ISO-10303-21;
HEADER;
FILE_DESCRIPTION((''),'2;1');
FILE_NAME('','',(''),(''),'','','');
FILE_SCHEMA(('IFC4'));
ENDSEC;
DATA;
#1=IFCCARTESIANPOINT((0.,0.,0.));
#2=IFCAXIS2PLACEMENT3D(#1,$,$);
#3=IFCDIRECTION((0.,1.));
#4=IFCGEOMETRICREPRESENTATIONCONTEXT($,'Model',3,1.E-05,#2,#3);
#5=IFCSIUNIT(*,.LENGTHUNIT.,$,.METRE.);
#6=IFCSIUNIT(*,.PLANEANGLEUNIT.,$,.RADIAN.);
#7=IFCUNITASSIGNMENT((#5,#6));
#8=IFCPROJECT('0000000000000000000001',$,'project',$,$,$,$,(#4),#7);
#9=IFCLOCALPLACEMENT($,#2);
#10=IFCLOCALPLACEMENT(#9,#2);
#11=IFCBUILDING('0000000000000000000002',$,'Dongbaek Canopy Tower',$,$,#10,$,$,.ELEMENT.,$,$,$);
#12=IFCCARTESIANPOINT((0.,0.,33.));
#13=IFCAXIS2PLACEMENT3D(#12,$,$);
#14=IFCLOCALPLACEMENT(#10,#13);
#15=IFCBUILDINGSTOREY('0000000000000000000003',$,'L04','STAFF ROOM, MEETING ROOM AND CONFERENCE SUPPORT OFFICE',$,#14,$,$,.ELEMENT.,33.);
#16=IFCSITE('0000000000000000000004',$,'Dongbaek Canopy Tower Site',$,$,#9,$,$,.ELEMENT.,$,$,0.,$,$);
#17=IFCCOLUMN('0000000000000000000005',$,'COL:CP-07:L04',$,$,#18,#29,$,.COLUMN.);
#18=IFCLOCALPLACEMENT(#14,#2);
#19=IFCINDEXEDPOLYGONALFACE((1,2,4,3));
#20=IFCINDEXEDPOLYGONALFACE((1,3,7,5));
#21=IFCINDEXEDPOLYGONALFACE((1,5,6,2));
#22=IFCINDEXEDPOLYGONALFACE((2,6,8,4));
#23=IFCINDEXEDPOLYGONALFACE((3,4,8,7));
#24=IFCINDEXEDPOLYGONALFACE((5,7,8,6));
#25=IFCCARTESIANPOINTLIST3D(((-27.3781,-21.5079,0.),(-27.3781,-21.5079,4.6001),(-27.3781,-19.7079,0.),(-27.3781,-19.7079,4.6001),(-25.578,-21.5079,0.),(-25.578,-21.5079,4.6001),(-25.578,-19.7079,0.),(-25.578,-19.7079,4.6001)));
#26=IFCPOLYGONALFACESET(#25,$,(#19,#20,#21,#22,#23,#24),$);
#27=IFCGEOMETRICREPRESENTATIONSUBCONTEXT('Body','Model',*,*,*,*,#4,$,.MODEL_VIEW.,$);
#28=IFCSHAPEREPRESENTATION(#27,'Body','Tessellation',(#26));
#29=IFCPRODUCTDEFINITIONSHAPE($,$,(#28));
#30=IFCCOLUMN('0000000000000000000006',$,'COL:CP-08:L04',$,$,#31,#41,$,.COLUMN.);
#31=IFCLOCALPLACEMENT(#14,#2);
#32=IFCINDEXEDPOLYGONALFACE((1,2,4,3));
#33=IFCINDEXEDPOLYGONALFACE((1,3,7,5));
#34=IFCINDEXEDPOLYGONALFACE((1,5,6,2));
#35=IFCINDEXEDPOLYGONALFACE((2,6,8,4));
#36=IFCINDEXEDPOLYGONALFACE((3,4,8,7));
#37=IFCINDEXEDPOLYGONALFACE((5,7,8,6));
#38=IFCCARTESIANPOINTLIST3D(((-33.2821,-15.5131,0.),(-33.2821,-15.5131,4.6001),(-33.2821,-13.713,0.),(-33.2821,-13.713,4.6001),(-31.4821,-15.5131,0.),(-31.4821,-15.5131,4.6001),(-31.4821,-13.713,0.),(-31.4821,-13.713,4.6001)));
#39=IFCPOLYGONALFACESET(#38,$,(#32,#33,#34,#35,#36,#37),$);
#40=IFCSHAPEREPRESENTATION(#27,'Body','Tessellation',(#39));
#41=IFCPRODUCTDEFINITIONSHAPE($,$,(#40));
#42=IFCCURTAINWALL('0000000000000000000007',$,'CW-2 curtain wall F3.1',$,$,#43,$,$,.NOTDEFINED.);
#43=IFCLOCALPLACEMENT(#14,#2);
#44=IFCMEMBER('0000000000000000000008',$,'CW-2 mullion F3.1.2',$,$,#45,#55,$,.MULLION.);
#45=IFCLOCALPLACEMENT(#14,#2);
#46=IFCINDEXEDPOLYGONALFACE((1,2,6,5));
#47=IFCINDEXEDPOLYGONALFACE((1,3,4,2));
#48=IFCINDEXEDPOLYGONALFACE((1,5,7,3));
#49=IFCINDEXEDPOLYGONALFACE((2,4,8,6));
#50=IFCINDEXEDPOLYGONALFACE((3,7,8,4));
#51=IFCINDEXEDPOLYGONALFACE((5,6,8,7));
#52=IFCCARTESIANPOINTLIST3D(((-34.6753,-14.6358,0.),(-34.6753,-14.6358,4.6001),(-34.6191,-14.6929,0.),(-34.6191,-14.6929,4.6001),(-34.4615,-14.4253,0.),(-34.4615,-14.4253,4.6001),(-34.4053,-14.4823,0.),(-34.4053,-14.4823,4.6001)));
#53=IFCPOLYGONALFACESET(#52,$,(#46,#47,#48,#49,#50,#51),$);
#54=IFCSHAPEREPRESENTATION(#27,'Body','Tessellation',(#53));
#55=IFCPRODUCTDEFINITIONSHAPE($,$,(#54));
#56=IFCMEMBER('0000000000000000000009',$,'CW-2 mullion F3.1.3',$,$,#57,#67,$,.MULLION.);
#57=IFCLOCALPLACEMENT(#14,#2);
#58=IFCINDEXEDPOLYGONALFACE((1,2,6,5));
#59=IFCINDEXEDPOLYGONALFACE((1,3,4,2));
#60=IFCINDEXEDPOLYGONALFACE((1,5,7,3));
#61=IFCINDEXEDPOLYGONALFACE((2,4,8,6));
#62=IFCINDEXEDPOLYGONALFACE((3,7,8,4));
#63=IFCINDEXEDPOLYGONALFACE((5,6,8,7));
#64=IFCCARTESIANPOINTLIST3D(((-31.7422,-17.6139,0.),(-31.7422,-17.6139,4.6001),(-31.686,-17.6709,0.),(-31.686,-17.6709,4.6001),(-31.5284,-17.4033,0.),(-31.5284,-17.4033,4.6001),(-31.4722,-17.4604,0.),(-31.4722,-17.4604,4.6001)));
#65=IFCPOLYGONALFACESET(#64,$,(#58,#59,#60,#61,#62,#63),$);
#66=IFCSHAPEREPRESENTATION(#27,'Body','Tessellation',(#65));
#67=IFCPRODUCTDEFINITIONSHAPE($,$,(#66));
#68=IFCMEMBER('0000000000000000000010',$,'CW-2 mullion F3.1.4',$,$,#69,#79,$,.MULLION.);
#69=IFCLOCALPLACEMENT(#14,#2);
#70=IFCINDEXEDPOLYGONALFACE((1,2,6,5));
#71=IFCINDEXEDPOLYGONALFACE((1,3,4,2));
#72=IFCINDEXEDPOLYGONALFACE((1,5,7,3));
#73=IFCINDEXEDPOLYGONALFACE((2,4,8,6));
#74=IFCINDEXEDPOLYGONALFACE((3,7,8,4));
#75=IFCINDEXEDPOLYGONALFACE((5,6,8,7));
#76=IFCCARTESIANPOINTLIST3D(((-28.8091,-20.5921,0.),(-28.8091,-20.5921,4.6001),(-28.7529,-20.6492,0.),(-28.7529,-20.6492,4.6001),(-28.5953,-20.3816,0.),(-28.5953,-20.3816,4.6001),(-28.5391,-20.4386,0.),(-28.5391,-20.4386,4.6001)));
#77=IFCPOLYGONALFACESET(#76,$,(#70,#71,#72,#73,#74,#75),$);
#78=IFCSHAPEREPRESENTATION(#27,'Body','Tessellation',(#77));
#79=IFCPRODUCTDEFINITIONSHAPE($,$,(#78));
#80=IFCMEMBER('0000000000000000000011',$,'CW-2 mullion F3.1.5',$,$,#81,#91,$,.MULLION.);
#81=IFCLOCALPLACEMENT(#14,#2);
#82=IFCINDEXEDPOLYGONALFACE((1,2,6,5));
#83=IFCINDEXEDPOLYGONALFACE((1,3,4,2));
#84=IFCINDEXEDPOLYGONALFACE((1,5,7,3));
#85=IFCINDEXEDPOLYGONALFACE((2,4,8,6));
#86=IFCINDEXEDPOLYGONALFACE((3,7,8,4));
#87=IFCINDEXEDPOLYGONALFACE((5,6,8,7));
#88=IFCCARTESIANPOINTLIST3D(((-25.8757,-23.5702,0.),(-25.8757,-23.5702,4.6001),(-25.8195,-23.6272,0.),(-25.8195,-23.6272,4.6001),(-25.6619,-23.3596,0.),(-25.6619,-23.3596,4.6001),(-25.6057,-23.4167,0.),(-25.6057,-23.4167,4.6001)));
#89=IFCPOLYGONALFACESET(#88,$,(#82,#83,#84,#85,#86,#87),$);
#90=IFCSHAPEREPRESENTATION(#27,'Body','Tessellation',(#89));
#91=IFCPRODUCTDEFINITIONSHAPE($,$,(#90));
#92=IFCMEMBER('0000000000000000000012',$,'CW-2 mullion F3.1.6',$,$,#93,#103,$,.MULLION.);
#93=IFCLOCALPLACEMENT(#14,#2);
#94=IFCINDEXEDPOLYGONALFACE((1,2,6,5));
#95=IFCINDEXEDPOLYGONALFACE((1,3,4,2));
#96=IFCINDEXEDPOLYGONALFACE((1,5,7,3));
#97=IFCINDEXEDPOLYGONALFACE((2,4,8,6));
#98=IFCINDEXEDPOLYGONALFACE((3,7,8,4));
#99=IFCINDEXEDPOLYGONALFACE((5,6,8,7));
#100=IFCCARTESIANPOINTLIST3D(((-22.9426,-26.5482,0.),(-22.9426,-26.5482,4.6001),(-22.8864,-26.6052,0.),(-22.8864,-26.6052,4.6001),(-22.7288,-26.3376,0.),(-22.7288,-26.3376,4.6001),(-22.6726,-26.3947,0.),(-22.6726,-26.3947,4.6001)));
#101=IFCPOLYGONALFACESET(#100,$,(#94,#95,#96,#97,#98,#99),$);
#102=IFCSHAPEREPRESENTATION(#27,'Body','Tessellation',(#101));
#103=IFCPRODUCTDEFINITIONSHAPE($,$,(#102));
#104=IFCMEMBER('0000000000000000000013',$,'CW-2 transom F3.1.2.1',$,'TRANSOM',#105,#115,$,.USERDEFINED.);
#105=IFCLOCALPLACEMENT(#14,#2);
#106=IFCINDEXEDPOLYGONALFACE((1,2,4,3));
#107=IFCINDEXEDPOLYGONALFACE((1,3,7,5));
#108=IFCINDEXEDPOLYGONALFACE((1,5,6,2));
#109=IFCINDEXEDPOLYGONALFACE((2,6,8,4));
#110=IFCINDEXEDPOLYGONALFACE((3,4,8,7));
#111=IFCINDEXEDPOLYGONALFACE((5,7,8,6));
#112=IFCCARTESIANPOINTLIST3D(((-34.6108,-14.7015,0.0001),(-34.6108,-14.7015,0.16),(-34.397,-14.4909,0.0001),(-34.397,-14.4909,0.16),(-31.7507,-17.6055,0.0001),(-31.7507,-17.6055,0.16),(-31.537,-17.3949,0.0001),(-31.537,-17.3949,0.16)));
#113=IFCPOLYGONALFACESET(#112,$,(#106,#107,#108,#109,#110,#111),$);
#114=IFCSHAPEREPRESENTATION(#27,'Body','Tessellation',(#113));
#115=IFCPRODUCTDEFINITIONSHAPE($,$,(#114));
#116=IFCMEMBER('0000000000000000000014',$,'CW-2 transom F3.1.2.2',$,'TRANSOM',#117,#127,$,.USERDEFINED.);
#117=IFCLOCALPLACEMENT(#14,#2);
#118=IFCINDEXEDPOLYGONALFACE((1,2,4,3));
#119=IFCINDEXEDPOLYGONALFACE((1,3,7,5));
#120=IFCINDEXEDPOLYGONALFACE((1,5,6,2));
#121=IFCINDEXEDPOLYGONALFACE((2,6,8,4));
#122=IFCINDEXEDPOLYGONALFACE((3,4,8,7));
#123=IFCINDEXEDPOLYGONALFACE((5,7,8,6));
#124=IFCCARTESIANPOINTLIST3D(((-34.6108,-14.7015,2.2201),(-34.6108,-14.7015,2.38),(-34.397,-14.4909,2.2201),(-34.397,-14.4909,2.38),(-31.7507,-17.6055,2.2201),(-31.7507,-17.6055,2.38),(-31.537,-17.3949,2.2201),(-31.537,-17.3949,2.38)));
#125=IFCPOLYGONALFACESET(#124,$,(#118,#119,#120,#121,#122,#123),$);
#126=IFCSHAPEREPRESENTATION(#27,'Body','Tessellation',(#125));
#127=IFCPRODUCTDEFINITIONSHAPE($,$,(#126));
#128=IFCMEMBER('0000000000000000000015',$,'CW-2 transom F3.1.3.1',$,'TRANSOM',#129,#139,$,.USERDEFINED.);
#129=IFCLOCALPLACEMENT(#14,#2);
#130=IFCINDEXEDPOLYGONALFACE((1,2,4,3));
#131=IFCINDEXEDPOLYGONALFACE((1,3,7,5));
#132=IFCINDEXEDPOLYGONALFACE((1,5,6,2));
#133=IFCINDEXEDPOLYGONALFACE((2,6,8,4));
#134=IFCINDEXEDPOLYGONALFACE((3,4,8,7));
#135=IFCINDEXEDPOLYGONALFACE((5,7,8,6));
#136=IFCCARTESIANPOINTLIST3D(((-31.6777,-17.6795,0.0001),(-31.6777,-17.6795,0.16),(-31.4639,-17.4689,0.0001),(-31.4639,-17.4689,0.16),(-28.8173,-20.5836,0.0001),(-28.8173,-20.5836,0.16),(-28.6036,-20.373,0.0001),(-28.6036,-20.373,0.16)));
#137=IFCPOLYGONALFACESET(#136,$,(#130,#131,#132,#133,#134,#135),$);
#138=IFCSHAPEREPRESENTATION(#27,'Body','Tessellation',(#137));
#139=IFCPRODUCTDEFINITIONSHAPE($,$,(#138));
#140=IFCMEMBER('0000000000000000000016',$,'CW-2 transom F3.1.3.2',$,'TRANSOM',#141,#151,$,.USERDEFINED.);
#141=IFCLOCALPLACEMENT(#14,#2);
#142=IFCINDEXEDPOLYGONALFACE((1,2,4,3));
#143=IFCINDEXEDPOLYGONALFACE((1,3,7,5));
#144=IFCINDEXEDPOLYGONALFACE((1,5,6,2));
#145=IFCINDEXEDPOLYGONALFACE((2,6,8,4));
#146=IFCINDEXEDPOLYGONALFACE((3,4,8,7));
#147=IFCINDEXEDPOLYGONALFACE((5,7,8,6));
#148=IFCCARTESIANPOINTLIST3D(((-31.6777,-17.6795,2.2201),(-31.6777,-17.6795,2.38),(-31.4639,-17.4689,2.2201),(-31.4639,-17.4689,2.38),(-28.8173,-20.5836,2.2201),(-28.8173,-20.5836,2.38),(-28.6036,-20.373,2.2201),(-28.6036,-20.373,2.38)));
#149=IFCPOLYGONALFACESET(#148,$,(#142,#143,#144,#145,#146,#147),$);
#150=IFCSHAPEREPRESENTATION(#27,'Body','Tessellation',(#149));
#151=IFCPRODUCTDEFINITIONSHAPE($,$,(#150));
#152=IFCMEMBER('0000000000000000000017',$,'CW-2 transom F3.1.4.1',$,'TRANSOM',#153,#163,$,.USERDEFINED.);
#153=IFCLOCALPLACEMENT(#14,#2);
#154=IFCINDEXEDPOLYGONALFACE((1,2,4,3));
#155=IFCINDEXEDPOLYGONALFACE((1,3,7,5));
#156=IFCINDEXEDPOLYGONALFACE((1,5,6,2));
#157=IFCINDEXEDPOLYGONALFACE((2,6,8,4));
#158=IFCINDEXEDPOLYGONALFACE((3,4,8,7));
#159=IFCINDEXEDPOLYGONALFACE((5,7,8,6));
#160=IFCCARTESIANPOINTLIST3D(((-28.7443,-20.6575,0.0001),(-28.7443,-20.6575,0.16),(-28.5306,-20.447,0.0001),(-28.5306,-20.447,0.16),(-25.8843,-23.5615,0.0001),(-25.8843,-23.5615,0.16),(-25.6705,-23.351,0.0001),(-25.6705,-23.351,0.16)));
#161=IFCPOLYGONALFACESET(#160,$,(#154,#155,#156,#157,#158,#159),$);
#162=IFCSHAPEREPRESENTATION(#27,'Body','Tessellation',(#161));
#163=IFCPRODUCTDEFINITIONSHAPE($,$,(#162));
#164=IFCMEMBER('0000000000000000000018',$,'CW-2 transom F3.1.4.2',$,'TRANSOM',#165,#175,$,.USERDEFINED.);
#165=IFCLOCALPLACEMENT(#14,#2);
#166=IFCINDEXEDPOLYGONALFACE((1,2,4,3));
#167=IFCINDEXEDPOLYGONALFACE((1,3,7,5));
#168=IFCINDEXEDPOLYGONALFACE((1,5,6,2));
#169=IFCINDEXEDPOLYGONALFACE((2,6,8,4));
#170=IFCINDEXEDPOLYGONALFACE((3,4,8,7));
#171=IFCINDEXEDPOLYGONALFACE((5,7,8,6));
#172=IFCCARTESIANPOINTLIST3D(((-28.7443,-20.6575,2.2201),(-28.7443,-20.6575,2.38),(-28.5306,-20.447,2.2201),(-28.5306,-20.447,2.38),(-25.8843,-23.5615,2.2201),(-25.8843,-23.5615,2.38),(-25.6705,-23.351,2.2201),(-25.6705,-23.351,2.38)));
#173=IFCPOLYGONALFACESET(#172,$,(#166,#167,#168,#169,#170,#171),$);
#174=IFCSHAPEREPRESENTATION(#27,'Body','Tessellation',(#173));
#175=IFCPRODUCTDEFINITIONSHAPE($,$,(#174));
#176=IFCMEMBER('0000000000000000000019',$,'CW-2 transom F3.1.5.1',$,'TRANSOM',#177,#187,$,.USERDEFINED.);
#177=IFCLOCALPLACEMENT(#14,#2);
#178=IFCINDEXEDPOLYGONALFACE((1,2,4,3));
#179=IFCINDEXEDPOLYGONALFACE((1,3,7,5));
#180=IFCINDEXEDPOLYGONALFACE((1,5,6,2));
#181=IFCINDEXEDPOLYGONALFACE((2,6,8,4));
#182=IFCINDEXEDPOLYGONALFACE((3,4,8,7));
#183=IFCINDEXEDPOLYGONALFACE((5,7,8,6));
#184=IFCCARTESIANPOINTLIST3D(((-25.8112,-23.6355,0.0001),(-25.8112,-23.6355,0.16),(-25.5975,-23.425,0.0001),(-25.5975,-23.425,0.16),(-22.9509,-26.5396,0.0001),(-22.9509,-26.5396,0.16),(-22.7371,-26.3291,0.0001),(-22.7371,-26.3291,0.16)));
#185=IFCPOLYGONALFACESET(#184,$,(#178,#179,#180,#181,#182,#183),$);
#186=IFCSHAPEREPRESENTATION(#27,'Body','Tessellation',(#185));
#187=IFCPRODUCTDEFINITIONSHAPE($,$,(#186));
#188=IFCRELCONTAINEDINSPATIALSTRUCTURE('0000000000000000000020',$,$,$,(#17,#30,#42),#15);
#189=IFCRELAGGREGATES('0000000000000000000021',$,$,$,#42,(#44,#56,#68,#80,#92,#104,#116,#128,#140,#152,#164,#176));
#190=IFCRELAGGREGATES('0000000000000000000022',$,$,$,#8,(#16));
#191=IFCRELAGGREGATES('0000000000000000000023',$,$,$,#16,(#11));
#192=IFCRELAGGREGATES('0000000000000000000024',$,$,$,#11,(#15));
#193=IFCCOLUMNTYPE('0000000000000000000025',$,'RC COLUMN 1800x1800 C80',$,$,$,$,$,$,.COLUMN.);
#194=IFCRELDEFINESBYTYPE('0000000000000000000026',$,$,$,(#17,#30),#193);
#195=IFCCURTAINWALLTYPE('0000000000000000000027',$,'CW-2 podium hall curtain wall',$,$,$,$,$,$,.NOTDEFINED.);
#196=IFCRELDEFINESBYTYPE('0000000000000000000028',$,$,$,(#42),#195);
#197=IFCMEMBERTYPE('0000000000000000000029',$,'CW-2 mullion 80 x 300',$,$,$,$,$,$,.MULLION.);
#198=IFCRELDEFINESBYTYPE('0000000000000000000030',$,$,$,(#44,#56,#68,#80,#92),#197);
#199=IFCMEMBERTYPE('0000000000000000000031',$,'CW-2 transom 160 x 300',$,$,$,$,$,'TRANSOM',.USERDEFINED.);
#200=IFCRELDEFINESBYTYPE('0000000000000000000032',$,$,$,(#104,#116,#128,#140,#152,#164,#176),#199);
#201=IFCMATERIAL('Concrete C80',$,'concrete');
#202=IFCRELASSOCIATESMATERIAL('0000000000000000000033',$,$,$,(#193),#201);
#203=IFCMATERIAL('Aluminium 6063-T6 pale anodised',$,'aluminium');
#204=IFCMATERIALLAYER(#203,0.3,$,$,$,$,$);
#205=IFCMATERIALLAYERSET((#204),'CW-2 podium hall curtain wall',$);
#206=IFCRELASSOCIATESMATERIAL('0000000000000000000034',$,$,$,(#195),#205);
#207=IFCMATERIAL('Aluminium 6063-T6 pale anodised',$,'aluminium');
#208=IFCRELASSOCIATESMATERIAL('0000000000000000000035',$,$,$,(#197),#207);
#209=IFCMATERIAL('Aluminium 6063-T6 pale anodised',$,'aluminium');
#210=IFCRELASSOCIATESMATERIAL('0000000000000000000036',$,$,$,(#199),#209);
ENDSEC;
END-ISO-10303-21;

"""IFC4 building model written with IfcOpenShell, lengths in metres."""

from ifc_helpers import new_model, si_unit, direction, frame, origin, origin_2d, place, context, subcontext, project, spatial, rectangle, extrude, material, layer, layer_set, material_profile, profile_set, type_object, element, aggregate, save


model = new_model("IFC4")

# Units and contexts
model_context = context("Model", 3, precision=1e-05, world=origin(), true_north=direction((0.0, 1.0)))
body_context = subcontext(model_context, "Body", "Model", "MODEL_VIEW")
ifc_project = project(units=[si_unit("LENGTHUNIT", "METRE"), si_unit("PLANEANGLEUNIT", "RADIAN")], contexts=[model_context])

# Site, building, storey
site_placement = place(None, origin())
site = spatial("IfcSite", under=ifc_project, at=site_placement, Name="Dongbaek Canopy Tower Site", CompositionType="ELEMENT", RefElevation=0.0)
building_placement = place(site_placement, origin())
building = spatial("IfcBuilding", under=site, at=building_placement, Name="Dongbaek Canopy Tower", CompositionType="ELEMENT")
storey_placement = place(building_placement, frame((0.0, 0.0, 33.0)))
storey = spatial("IfcBuildingStorey", under=building, at=storey_placement, Name="L04", Description="STAFF ROOM, MEETING ROOM AND CONFERENCE SUPPORT OFFICE", CompositionType="ELEMENT", Elevation=33.0)

# Columns
ifc_material_1 = material(Name="Concrete C80", Category="concrete")
ifc_material_profile_1 = material_profile(ifc_material_1, rectangle(XDim=1.8, YDim=1.8, at=origin_2d()), Name="RC COLUMN 1800x1800 C80")
ifc_profile_set_1 = profile_set([ifc_material_profile_1], Name="Concrete C80")
column_type = type_object("IfcColumnType", Name="RC COLUMN 1800x1800 C80", PredefinedType="COLUMN", material=ifc_profile_set_1)
for number, where, z_axis, x_axis, name in (
    (1, (-26.478, -20.6079, 0.0), (0.0, 0.0, 1.0), (1.0, 0.0, 0.0), "COL:CP-07:L04"),
    (2, (-32.3821, -14.613, 0.0), (0.0, 0.0, 1.0), (1.0, 0.0, 0.0), "COL:CP-08:L04"),
):
    element("IfcColumn", number, at=place(storey_placement, frame(where, z_axis=z_axis, x_axis=x_axis)), inside=storey, type_object=column_type, Name=name, PredefinedType="COLUMN", context=body_context, shape_type="SweptSolid", body=[
        extrude(rectangle(XDim=1.8, YDim=1.8, at=origin_2d()), origin(), (0.0, 0.0, 1.0), 4.6001),
    ])

# Curtain wall, members
ifc_material_2 = material(Name="Aluminium 6063-T6 pale anodised", Category="aluminium")
ifc_layer_1 = layer(ifc_material_2, 0.3)
ifc_layer_set_1 = layer_set([ifc_layer_1], Name="CW-2 podium hall curtain wall")
curtain_wall_type = type_object("IfcCurtainWallType", Name="CW-2 podium hall curtain wall", PredefinedType="NOTDEFINED", material=ifc_layer_set_1)
curtain_wall_placement = place(storey_placement, origin())
curtain_wall = element("IfcCurtainWall", 3, at=curtain_wall_placement, inside=storey, type_object=curtain_wall_type, Name="CW-2 curtain wall F3.1", PredefinedType="NOTDEFINED")
ifc_material_3 = material(Name="Aluminium 6063-T6 pale anodised", Category="aluminium")
ifc_material_profile_2 = material_profile(ifc_material_3, rectangle(XDim=0.3, YDim=0.0801, at=origin_2d()), Name="CW-2 mullion 80 x 300")
ifc_profile_set_2 = profile_set([ifc_material_profile_2], Name="Aluminium 6063-T6 pale anodised")
member_type_1 = type_object("IfcMemberType", Name="CW-2 mullion 80 x 300", PredefinedType="MULLION", material=ifc_profile_set_2)
member_1_placement = place(storey_placement, frame((-34.5403, -14.5591, 0.0), z_axis=(0.0, 0.0, 1.0), x_axis=(-0.712455, -0.701718, 0.0)))
member_1 = element("IfcMember", 4, at=member_1_placement, type_object=member_type_1, Name="CW-2 mullion F3.1.2", PredefinedType="MULLION", context=body_context, shape_type="SweptSolid", body=[
    extrude(rectangle(XDim=0.3, YDim=0.0801, at=origin_2d()), origin(), (0.0, 0.0, 1.0), 4.6001),
])
member_2_placement = place(storey_placement, frame((-31.6072, -17.5371, 0.0), z_axis=(0.0, 0.0, 1.0), x_axis=(-0.712455, -0.701718, 0.0)))
member_2 = element("IfcMember", 5, at=member_2_placement, type_object=member_type_1, Name="CW-2 mullion F3.1.3", PredefinedType="MULLION", context=body_context, shape_type="SweptSolid", body=[
    extrude(rectangle(XDim=0.3, YDim=0.0801, at=origin_2d()), origin(), (0.0, 0.0, 1.0), 4.6001),
])
member_3_placement = place(storey_placement, frame((-28.6741, -20.5154, 0.0), z_axis=(0.0, 0.0, 1.0), x_axis=(-0.712455, -0.701718, 0.0)))
member_3 = element("IfcMember", 6, at=member_3_placement, type_object=member_type_1, Name="CW-2 mullion F3.1.4", PredefinedType="MULLION", context=body_context, shape_type="SweptSolid", body=[
    extrude(rectangle(XDim=0.3, YDim=0.0801, at=origin_2d()), origin(), (0.0, 0.0, 1.0), 4.6001),
])
member_4_placement = place(storey_placement, frame((-25.7407, -23.4934, 0.0), z_axis=(0.0, 0.0, 1.0), x_axis=(-0.712455, -0.701718, 0.0)))
member_4 = element("IfcMember", 7, at=member_4_placement, type_object=member_type_1, Name="CW-2 mullion F3.1.5", PredefinedType="MULLION", context=body_context, shape_type="SweptSolid", body=[
    extrude(rectangle(XDim=0.3, YDim=0.0801, at=origin_2d()), origin(), (0.0, 0.0, 1.0), 4.6001),
])
member_5_placement = place(storey_placement, frame((-22.8076, -26.4714, 0.0), z_axis=(0.0, 0.0, 1.0), x_axis=(-0.712455, -0.701718, 0.0)))
member_5 = element("IfcMember", 8, at=member_5_placement, type_object=member_type_1, Name="CW-2 mullion F3.1.6", PredefinedType="MULLION", context=body_context, shape_type="SweptSolid", body=[
    extrude(rectangle(XDim=0.3, YDim=0.0801, at=origin_2d()), origin(), (0.0, 0.0, 1.0), 4.6001),
])
ifc_material_4 = material(Name="Aluminium 6063-T6 pale anodised", Category="aluminium")
ifc_material_profile_3 = material_profile(ifc_material_4, rectangle(XDim=0.3, YDim=0.1599, at=origin_2d()), Name="CW-2 transom 160 x 300")
ifc_profile_set_3 = profile_set([ifc_material_profile_3], Name="Aluminium 6063-T6 pale anodised")
member_type_2 = type_object("IfcMemberType", Name="CW-2 transom 160 x 300", ElementType="TRANSOM", PredefinedType="USERDEFINED", material=ifc_profile_set_3)
member_6_placement = place(storey_placement, frame((-34.5039, -14.5962, 0.0801), z_axis=(0.701695, -0.712477, 0.0), x_axis=(0.712477, 0.701695, 0.0)))
member_6 = element("IfcMember", 9, at=member_6_placement, type_object=member_type_2, Name="CW-2 transom F3.1.2.1", ObjectType="TRANSOM", PredefinedType="USERDEFINED", context=body_context, shape_type="SweptSolid", body=[
    extrude(rectangle(XDim=0.3, YDim=0.1599, at=origin_2d()), origin(), (0.0, 0.0, 1.0), 4.0759),
])
member_7_placement = place(storey_placement, frame((-34.5039, -14.5962, 2.3), z_axis=(0.701695, -0.712477, 0.0), x_axis=(0.712477, 0.701695, 0.0)))
member_7 = element("IfcMember", 10, at=member_7_placement, type_object=member_type_2, Name="CW-2 transom F3.1.2.2", ObjectType="TRANSOM", PredefinedType="USERDEFINED", context=body_context, shape_type="SweptSolid", body=[
    extrude(rectangle(XDim=0.3, YDim=0.1599, at=origin_2d()), origin(), (0.0, 0.0, 1.0), 4.0759),
])
member_8_placement = place(storey_placement, frame((-31.5708, -17.5742, 0.0801), z_axis=(0.701726, -0.712447, 0.0), x_axis=(0.712447, 0.701726, 0.0)))
member_8 = element("IfcMember", 11, at=member_8_placement, type_object=member_type_2, Name="CW-2 transom F3.1.3.1", ObjectType="TRANSOM", PredefinedType="USERDEFINED", context=body_context, shape_type="SweptSolid", body=[
    extrude(rectangle(XDim=0.3, YDim=0.1599, at=origin_2d()), origin(), (0.0, 0.0, 1.0), 4.0762),
])
member_9_placement = place(storey_placement, frame((-31.5708, -17.5742, 2.3), z_axis=(0.701726, -0.712447, 0.0), x_axis=(0.712447, 0.701726, 0.0)))
member_9 = element("IfcMember", 12, at=member_9_placement, type_object=member_type_2, Name="CW-2 transom F3.1.3.2", ObjectType="TRANSOM", PredefinedType="USERDEFINED", context=body_context, shape_type="SweptSolid", body=[
    extrude(rectangle(XDim=0.3, YDim=0.1599, at=origin_2d()), origin(), (0.0, 0.0, 1.0), 4.0762),
])
member_10_placement = place(storey_placement, frame((-28.6375, -20.5522, 0.0801), z_axis=(0.701695, -0.712477, 0.0), x_axis=(0.712477, 0.701695, 0.0)))
member_10 = element("IfcMember", 13, at=member_10_placement, type_object=member_type_2, Name="CW-2 transom F3.1.4.1", ObjectType="TRANSOM", PredefinedType="USERDEFINED", context=body_context, shape_type="SweptSolid", body=[
    extrude(rectangle(XDim=0.3, YDim=0.1599, at=origin_2d()), origin(), (0.0, 0.0, 1.0), 4.0759),
])
member_11_placement = place(storey_placement, frame((-28.6375, -20.5522, 2.3), z_axis=(0.701695, -0.712477, 0.0), x_axis=(0.712477, 0.701695, 0.0)))
member_11 = element("IfcMember", 14, at=member_11_placement, type_object=member_type_2, Name="CW-2 transom F3.1.4.2", ObjectType="TRANSOM", PredefinedType="USERDEFINED", context=body_context, shape_type="SweptSolid", body=[
    extrude(rectangle(XDim=0.3, YDim=0.1599, at=origin_2d()), origin(), (0.0, 0.0, 1.0), 4.0759),
])
member_12_placement = place(storey_placement, frame((-25.7043, -23.5303, 0.0801), z_axis=(0.701726, -0.712447, 0.0), x_axis=(0.712447, 0.701726, 0.0)))
member_12 = element("IfcMember", 15, at=member_12_placement, type_object=member_type_2, Name="CW-2 transom F3.1.5.1", ObjectType="TRANSOM", PredefinedType="USERDEFINED", context=body_context, shape_type="SweptSolid", body=[
    extrude(rectangle(XDim=0.3, YDim=0.1599, at=origin_2d()), origin(), (0.0, 0.0, 1.0), 4.0762),
])
aggregate(curtain_wall, [member_1, member_2, member_3, member_4, member_5, member_6, member_7, member_8, member_9, member_10, member_11, member_12])

save(model, "model.ifc")
